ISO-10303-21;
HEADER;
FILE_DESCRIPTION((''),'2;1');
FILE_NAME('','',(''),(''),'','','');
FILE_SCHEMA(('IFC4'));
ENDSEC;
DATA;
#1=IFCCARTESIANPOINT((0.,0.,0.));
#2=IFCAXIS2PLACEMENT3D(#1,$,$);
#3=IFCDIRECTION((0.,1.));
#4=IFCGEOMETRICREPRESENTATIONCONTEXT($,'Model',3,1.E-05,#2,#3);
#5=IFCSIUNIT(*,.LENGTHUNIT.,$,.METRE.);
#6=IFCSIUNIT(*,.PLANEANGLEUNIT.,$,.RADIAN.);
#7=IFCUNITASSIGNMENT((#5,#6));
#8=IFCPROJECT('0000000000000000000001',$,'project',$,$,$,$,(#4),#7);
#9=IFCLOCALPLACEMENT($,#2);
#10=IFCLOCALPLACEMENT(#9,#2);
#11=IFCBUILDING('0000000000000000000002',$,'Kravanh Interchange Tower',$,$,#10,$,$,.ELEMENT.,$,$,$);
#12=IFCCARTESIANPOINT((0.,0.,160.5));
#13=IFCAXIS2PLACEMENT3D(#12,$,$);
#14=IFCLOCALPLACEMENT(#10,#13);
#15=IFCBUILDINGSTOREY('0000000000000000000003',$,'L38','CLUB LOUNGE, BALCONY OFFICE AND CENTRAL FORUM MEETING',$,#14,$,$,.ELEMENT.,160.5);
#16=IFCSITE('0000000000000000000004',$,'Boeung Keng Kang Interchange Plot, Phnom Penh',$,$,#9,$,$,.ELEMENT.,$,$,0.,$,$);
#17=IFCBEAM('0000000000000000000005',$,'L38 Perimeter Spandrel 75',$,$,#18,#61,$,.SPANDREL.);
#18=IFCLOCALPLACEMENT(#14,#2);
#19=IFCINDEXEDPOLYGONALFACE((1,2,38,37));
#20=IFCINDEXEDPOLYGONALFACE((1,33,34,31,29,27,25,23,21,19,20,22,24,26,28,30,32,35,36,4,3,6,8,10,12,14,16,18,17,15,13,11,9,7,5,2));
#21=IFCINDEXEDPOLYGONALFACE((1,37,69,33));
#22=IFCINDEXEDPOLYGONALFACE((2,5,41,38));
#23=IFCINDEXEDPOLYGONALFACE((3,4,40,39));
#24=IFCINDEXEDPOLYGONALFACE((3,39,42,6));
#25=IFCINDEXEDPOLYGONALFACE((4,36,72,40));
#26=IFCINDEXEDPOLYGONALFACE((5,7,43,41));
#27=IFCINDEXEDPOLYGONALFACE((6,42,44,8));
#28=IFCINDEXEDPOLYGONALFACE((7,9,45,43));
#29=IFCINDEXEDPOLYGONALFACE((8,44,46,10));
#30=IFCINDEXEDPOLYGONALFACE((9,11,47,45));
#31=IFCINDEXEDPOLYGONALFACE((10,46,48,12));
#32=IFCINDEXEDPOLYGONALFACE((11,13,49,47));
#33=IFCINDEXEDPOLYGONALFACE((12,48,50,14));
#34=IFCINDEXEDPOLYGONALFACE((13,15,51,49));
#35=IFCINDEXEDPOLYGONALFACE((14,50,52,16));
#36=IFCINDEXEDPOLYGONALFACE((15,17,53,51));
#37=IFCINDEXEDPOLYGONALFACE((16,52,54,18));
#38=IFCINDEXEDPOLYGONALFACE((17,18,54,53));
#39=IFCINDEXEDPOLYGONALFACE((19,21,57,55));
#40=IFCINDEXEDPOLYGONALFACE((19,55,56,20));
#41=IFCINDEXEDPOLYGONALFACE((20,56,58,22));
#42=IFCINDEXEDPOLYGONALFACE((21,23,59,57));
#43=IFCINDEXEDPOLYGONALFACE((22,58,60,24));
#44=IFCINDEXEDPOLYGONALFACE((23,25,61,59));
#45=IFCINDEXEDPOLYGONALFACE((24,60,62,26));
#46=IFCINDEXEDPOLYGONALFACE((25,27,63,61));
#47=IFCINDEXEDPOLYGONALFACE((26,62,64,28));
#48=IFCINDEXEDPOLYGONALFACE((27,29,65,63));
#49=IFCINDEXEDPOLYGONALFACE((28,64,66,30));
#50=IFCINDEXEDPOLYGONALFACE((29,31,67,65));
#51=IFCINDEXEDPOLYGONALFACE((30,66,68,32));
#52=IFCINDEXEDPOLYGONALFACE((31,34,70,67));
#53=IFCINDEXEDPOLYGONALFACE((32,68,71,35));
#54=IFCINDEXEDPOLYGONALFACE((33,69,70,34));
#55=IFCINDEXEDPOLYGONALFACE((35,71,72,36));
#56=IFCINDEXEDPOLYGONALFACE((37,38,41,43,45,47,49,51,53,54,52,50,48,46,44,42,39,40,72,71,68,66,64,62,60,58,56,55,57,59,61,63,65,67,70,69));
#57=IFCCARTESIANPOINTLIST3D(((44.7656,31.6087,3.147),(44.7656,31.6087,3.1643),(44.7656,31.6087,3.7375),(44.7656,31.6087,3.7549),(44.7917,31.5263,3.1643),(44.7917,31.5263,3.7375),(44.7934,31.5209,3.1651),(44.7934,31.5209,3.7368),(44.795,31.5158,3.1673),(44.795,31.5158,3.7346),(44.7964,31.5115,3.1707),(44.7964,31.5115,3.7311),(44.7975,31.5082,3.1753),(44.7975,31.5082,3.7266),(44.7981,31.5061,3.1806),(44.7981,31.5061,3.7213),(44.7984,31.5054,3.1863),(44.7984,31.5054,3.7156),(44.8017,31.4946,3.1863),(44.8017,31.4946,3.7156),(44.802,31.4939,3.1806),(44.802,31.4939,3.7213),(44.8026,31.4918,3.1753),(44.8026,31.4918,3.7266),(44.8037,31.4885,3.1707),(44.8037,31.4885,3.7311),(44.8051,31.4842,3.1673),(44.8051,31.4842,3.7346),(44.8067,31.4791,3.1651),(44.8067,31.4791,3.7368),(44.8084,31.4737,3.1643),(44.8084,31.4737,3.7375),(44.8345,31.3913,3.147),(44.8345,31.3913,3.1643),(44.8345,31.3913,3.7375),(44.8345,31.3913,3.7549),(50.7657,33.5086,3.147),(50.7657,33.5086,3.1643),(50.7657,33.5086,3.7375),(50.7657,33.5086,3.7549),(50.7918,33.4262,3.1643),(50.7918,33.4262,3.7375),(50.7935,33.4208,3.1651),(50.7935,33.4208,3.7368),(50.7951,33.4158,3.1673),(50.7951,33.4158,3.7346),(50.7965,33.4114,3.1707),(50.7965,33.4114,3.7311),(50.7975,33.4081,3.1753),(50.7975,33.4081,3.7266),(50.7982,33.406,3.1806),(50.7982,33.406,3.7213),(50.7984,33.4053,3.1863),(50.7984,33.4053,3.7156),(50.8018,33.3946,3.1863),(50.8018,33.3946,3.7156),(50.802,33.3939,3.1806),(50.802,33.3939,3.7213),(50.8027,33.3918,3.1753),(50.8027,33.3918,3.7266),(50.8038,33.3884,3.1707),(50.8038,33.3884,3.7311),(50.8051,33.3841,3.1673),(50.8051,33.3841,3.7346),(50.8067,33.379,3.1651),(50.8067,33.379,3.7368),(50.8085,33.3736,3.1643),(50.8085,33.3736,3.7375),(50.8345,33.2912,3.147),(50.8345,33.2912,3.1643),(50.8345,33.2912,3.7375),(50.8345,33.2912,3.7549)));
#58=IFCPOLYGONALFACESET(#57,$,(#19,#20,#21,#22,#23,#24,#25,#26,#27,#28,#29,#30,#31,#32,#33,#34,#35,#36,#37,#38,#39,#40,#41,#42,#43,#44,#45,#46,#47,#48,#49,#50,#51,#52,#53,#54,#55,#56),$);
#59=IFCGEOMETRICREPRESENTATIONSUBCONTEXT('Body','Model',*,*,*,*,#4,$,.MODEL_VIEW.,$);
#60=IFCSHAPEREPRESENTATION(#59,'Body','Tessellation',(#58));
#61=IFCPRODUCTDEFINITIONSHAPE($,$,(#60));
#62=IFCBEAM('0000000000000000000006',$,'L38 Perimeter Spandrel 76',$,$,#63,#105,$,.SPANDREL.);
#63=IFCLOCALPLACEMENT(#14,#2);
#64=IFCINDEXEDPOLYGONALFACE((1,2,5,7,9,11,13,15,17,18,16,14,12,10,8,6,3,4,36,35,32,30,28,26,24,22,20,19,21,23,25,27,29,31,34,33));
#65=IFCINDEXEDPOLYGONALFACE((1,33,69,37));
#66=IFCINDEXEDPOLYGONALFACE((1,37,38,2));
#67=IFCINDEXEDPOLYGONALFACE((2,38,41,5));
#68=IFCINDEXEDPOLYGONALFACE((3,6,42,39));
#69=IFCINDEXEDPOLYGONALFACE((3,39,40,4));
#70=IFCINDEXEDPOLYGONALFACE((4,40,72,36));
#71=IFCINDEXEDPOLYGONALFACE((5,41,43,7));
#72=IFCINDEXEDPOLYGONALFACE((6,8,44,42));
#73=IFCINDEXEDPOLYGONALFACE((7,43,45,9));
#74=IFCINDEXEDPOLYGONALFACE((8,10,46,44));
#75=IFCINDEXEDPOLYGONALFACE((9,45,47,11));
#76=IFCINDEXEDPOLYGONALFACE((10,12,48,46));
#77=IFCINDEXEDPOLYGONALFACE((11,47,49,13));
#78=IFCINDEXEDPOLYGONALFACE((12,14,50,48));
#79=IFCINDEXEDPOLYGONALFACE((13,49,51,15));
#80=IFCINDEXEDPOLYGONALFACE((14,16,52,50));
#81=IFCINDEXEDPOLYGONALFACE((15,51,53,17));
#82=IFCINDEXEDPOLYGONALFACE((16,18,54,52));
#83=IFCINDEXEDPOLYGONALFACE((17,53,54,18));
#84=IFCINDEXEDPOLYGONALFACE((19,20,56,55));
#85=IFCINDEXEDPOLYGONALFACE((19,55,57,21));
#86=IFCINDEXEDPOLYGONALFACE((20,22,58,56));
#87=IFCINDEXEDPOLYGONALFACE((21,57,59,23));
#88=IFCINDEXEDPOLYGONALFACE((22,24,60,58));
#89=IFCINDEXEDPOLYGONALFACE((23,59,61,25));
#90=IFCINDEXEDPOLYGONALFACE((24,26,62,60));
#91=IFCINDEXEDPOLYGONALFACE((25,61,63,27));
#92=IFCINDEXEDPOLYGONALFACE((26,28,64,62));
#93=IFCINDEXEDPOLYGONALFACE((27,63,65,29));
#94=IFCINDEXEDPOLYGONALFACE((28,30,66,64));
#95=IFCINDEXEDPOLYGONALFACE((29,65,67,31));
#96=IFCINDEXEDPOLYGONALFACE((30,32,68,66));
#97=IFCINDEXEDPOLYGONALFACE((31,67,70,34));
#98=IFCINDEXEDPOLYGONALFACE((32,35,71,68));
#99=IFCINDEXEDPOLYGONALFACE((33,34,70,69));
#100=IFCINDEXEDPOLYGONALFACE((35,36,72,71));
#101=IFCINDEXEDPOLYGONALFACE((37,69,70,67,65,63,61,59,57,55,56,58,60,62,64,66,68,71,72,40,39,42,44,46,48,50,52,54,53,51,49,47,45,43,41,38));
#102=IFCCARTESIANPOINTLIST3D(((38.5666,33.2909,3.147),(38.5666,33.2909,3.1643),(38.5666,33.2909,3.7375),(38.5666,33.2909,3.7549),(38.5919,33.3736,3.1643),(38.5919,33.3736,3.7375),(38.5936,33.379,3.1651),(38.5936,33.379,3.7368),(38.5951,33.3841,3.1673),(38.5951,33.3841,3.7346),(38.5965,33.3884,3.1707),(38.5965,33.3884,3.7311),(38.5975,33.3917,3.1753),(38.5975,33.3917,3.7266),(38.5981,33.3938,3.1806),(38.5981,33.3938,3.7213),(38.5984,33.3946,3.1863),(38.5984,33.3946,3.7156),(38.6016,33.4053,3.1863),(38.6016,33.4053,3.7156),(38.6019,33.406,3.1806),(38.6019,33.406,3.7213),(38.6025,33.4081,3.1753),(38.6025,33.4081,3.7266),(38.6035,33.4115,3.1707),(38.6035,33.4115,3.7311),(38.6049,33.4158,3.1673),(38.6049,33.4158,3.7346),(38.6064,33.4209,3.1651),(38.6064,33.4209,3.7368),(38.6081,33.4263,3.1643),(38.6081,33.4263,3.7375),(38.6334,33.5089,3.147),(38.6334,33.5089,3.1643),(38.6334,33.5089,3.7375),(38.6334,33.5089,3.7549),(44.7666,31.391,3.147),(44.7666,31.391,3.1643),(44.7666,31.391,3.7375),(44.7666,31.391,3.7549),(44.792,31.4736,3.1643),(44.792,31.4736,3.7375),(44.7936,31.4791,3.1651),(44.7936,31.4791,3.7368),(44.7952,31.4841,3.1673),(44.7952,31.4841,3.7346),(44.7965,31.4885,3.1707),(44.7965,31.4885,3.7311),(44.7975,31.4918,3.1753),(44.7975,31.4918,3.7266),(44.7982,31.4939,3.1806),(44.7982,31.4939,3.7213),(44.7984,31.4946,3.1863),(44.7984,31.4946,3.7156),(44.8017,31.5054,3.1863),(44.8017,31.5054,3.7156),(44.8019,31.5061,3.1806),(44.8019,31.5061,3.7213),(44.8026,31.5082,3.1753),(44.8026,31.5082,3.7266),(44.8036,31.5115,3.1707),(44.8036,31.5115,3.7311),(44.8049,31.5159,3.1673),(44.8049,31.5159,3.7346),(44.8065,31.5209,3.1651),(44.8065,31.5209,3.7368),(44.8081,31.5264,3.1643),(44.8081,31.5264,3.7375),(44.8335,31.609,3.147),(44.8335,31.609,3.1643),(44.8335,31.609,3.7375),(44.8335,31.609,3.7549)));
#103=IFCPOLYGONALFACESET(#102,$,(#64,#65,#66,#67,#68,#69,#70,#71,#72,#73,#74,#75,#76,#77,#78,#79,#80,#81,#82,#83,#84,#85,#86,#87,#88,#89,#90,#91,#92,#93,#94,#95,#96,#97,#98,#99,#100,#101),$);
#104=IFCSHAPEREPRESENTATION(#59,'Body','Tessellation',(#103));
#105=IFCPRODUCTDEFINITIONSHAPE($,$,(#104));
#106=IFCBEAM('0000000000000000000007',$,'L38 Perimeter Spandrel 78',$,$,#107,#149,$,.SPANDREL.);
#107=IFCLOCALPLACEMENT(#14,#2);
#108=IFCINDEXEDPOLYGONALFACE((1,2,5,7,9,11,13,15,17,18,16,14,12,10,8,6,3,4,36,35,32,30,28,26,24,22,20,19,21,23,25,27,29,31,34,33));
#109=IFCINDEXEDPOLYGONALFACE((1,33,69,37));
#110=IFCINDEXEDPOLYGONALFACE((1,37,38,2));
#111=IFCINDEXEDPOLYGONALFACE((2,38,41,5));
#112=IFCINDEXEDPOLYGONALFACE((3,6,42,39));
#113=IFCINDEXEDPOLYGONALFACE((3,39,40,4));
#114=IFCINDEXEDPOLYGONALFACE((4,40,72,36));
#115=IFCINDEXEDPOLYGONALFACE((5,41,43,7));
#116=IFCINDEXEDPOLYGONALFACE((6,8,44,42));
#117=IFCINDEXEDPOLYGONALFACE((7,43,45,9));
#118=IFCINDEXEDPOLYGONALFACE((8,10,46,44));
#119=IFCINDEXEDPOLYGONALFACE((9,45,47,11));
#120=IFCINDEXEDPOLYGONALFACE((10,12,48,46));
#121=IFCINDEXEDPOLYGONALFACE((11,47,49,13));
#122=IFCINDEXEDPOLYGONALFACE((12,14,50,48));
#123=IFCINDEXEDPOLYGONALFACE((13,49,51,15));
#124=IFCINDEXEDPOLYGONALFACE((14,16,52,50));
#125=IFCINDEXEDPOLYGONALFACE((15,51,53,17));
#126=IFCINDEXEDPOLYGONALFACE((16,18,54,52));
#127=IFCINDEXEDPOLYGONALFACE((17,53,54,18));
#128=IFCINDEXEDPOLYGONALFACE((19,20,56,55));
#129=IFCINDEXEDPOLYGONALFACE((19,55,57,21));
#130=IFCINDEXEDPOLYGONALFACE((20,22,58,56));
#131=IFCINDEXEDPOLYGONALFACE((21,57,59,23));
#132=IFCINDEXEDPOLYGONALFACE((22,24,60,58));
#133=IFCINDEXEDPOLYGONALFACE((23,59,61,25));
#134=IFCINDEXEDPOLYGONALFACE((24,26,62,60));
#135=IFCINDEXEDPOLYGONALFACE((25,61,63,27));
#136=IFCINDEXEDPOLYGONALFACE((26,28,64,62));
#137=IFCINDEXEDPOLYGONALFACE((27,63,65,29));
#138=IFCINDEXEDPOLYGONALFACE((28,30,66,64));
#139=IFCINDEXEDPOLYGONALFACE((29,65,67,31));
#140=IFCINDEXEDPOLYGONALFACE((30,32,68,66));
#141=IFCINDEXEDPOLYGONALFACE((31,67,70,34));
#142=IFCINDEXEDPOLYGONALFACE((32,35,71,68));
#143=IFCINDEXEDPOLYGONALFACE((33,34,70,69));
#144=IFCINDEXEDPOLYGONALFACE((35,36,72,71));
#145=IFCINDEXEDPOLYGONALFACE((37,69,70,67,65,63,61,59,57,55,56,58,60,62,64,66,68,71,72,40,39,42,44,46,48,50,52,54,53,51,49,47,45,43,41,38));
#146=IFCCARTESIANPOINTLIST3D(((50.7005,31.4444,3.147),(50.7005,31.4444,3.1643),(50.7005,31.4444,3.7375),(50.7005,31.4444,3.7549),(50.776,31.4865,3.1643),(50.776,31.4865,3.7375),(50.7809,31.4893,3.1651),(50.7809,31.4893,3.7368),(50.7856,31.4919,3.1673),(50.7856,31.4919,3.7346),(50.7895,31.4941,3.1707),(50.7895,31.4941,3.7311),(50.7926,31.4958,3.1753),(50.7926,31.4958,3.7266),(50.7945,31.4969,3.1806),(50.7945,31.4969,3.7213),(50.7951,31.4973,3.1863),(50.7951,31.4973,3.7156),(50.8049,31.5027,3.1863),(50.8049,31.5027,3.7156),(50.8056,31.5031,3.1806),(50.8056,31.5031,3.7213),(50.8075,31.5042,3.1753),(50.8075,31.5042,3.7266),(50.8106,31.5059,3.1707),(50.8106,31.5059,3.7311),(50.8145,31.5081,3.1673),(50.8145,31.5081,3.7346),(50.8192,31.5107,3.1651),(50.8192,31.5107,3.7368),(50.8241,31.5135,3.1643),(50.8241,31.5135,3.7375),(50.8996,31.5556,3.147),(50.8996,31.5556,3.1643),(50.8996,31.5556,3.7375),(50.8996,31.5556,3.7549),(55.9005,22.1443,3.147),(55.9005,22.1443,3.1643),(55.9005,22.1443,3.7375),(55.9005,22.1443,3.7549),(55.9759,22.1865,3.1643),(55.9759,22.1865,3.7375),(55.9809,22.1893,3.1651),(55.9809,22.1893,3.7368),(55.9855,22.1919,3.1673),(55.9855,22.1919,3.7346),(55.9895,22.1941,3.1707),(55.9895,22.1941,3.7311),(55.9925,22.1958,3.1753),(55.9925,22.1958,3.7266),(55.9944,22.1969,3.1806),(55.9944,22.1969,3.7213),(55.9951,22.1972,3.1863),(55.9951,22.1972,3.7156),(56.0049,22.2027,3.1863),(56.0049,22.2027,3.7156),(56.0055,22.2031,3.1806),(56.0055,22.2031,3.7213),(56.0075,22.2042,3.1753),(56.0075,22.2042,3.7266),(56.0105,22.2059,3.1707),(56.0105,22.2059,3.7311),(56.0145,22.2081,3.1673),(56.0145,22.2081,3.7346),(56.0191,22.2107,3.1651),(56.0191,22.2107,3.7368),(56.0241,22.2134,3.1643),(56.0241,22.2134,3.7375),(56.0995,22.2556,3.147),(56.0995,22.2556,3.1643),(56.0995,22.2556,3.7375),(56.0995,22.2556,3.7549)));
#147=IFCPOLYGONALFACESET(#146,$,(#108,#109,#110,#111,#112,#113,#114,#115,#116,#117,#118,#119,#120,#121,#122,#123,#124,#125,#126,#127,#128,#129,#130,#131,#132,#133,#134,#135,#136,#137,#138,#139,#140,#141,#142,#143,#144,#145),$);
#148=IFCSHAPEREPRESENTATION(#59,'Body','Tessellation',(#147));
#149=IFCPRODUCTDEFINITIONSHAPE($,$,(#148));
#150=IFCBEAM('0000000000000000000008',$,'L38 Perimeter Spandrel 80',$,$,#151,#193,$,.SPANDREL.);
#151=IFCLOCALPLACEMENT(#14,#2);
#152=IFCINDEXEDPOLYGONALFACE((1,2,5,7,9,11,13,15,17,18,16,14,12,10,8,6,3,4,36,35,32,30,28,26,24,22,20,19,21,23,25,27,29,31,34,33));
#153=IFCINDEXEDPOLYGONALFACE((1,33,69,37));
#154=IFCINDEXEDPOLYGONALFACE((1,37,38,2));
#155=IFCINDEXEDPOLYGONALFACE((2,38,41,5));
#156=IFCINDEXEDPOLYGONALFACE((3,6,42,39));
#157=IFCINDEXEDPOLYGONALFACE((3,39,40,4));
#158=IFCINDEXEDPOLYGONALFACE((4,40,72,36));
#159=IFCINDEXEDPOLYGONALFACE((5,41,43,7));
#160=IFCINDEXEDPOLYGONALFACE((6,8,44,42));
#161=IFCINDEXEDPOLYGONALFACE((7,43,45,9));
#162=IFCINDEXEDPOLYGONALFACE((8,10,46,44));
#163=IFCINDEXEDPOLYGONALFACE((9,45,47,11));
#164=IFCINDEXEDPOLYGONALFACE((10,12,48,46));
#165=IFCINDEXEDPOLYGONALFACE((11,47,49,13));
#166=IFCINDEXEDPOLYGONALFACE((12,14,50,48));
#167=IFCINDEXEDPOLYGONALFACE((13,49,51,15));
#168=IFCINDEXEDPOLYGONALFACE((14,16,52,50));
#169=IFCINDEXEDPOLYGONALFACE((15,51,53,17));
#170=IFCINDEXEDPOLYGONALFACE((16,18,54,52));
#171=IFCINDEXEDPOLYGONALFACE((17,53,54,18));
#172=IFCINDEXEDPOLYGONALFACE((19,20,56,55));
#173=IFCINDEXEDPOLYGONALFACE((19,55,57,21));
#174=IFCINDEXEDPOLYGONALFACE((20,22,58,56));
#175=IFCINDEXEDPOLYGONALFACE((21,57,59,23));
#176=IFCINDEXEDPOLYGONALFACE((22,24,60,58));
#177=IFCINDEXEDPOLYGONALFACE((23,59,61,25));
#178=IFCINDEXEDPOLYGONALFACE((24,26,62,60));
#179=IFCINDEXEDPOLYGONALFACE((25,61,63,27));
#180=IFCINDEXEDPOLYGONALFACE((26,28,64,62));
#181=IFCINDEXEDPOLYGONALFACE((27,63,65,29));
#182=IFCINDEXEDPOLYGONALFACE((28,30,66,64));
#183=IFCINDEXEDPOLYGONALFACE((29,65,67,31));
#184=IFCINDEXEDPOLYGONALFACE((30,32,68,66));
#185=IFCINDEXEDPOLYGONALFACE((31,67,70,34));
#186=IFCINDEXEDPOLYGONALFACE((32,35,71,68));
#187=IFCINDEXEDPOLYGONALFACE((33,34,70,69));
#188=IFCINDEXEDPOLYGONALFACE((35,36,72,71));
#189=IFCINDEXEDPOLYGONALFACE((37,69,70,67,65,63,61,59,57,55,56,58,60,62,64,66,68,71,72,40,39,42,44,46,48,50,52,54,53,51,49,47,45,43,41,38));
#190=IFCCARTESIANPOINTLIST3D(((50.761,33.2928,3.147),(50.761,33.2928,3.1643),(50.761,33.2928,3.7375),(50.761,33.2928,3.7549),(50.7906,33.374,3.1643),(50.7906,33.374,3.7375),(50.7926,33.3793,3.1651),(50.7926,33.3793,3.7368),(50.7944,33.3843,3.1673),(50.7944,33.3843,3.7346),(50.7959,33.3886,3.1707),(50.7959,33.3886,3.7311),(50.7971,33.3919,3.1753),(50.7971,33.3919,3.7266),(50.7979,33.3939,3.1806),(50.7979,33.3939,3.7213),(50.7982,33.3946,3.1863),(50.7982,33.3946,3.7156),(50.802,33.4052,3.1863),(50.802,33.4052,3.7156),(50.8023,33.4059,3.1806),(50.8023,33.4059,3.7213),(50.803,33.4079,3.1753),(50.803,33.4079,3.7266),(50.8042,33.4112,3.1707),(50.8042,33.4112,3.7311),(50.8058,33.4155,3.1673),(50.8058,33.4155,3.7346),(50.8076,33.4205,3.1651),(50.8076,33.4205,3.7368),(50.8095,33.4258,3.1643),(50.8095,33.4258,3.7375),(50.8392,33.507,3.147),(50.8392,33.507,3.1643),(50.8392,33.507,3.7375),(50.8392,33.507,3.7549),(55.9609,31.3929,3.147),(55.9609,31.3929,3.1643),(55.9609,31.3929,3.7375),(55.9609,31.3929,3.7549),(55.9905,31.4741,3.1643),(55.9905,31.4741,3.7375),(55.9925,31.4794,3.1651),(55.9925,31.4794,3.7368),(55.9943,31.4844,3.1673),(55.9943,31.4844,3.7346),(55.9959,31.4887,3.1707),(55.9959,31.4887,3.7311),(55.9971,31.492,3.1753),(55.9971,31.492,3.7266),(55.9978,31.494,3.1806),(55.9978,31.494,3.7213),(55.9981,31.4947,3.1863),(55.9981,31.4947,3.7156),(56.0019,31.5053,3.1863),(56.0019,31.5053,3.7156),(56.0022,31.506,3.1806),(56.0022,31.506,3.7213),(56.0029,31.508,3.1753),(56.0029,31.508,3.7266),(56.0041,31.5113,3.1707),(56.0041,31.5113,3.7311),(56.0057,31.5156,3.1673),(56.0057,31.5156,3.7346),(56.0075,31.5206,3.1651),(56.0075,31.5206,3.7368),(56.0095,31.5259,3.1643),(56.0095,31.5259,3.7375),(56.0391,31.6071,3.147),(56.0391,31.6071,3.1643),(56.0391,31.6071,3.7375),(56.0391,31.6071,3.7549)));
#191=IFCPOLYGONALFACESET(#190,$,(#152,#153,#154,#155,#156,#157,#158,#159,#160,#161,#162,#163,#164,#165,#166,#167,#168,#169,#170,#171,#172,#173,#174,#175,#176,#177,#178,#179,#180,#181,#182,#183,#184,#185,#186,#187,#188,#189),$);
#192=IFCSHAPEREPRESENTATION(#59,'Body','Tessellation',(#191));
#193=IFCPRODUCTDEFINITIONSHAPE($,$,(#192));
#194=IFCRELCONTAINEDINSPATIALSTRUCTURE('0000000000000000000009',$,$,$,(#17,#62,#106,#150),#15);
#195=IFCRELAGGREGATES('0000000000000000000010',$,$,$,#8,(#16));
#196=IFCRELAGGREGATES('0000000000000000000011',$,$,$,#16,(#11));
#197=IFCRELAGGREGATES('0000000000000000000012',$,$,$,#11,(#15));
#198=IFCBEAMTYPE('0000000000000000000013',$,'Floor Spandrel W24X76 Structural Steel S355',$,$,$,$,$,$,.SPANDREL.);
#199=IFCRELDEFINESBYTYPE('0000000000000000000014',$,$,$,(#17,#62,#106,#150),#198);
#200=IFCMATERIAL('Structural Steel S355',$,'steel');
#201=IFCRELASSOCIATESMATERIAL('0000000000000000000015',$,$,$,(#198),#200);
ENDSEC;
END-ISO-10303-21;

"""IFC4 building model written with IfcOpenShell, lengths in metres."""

from ifc_helpers import new_model, si_unit, direction, frame, origin, origin_2d, place, context, subcontext, project, spatial, i_section, extrude, material, material_profile, profile_set, type_object, element, save


model = new_model("IFC4")

# Units and contexts
model_context = context("Model", 3, precision=1e-05, world=origin(), true_north=direction((0.0, 1.0)))
body_context = subcontext(model_context, "Body", "Model", "MODEL_VIEW")
ifc_project = project(units=[si_unit("LENGTHUNIT", "METRE"), si_unit("PLANEANGLEUNIT", "RADIAN")], contexts=[model_context])

# Site, building, storey
site_placement = place(None, origin())
site = spatial("IfcSite", under=ifc_project, at=site_placement, Name="Boeung Keng Kang Interchange Plot, Phnom Penh", CompositionType="ELEMENT", RefElevation=0.0)
building_placement = place(site_placement, origin())
building = spatial("IfcBuilding", under=site, at=building_placement, Name="Kravanh Interchange Tower", CompositionType="ELEMENT")
storey_placement = place(building_placement, frame((0.0, 0.0, 160.5)))
storey = spatial("IfcBuildingStorey", under=building, at=storey_placement, Name="L38", Description="CLUB LOUNGE, BALCONY OFFICE AND CENTRAL FORUM MEETING", CompositionType="ELEMENT", Elevation=160.5)

# Beams
ifc_material_1 = material(Name="Structural Steel S355", Category="steel")
ifc_material_profile_1 = material_profile(ifc_material_1, i_section(OverallWidth=0.228, OverallDepth=0.6079, WebThickness=0.0112, FlangeThickness=0.0173, FilletRadius=0.022, at=origin_2d()), Name="W24X76")
ifc_profile_set_1 = profile_set([ifc_material_profile_1], Name="Structural Steel S355")
beam_type_1 = type_object("IfcBeamType", Name="Floor Spandrel W24X76 Structural Steel S355", PredefinedType="SPANDREL", material=ifc_profile_set_1)
beam_1_placement = place(storey_placement, frame((44.8, 31.5, 3.4509), z_axis=(0.953347, 0.301878, 0.0), x_axis=(-0.301878, 0.953347, 0.0)))
element("IfcBeam", 1, at=beam_1_placement, inside=storey, type_object=beam_type_1, Name="L38 Perimeter Spandrel 75", PredefinedType="SPANDREL", context=body_context, shape_type="SweptSolid", body=[
    extrude(i_section(OverallWidth=0.228, OverallDepth=0.6079, WebThickness=0.0112, FlangeThickness=0.0173, FilletRadius=0.022, at=origin_2d()), origin(), (0.0, 0.0, 1.0), 6.2937),
])
beam_2_placement = place(storey_placement, frame((44.8, 31.5, 3.4509), z_axis=(-0.956115, 0.29299, 0.0), x_axis=(-0.29299, -0.956115, 0.0)))
element("IfcBeam", 2, at=beam_2_placement, inside=storey, type_object=beam_type_1, Name="L38 Perimeter Spandrel 76", PredefinedType="SPANDREL", context=body_context, shape_type="SweptSolid", body=[
    extrude(i_section(OverallWidth=0.228, OverallDepth=0.6079, WebThickness=0.0112, FlangeThickness=0.0173, FilletRadius=0.022, at=origin_2d()), origin(), (0.0, 0.0, 1.0), 6.4846),
])
beam_3_placement = place(storey_placement, frame((50.8, 31.5, 3.4509), z_axis=(0.488026, -0.872829, 0.0), x_axis=(0.872829, 0.488026, 0.0)))
element("IfcBeam", 3, at=beam_3_placement, inside=storey, type_object=beam_type_1, Name="L38 Perimeter Spandrel 78", PredefinedType="SPANDREL", context=body_context, shape_type="SweptSolid", body=[
    extrude(i_section(OverallWidth=0.228, OverallDepth=0.6079, WebThickness=0.0112, FlangeThickness=0.0173, FilletRadius=0.022, at=origin_2d()), origin(), (0.0, 0.0, 1.0), 10.655),
])
beam_4_placement = place(storey_placement, frame((56.0, 31.5, 3.4509), z_axis=(-0.93927, 0.34318, 0.0), x_axis=(-0.34318, -0.93927, 0.0)))
element("IfcBeam", 4, at=beam_4_placement, inside=storey, type_object=beam_type_1, Name="L38 Perimeter Spandrel 80", PredefinedType="SPANDREL", context=body_context, shape_type="SweptSolid", body=[
    extrude(i_section(OverallWidth=0.228, OverallDepth=0.6079, WebThickness=0.0112, FlangeThickness=0.0173, FilletRadius=0.022, at=origin_2d()), origin(), (0.0, 0.0, 1.0), 5.5361),
])

save(model, "model.ifc")
